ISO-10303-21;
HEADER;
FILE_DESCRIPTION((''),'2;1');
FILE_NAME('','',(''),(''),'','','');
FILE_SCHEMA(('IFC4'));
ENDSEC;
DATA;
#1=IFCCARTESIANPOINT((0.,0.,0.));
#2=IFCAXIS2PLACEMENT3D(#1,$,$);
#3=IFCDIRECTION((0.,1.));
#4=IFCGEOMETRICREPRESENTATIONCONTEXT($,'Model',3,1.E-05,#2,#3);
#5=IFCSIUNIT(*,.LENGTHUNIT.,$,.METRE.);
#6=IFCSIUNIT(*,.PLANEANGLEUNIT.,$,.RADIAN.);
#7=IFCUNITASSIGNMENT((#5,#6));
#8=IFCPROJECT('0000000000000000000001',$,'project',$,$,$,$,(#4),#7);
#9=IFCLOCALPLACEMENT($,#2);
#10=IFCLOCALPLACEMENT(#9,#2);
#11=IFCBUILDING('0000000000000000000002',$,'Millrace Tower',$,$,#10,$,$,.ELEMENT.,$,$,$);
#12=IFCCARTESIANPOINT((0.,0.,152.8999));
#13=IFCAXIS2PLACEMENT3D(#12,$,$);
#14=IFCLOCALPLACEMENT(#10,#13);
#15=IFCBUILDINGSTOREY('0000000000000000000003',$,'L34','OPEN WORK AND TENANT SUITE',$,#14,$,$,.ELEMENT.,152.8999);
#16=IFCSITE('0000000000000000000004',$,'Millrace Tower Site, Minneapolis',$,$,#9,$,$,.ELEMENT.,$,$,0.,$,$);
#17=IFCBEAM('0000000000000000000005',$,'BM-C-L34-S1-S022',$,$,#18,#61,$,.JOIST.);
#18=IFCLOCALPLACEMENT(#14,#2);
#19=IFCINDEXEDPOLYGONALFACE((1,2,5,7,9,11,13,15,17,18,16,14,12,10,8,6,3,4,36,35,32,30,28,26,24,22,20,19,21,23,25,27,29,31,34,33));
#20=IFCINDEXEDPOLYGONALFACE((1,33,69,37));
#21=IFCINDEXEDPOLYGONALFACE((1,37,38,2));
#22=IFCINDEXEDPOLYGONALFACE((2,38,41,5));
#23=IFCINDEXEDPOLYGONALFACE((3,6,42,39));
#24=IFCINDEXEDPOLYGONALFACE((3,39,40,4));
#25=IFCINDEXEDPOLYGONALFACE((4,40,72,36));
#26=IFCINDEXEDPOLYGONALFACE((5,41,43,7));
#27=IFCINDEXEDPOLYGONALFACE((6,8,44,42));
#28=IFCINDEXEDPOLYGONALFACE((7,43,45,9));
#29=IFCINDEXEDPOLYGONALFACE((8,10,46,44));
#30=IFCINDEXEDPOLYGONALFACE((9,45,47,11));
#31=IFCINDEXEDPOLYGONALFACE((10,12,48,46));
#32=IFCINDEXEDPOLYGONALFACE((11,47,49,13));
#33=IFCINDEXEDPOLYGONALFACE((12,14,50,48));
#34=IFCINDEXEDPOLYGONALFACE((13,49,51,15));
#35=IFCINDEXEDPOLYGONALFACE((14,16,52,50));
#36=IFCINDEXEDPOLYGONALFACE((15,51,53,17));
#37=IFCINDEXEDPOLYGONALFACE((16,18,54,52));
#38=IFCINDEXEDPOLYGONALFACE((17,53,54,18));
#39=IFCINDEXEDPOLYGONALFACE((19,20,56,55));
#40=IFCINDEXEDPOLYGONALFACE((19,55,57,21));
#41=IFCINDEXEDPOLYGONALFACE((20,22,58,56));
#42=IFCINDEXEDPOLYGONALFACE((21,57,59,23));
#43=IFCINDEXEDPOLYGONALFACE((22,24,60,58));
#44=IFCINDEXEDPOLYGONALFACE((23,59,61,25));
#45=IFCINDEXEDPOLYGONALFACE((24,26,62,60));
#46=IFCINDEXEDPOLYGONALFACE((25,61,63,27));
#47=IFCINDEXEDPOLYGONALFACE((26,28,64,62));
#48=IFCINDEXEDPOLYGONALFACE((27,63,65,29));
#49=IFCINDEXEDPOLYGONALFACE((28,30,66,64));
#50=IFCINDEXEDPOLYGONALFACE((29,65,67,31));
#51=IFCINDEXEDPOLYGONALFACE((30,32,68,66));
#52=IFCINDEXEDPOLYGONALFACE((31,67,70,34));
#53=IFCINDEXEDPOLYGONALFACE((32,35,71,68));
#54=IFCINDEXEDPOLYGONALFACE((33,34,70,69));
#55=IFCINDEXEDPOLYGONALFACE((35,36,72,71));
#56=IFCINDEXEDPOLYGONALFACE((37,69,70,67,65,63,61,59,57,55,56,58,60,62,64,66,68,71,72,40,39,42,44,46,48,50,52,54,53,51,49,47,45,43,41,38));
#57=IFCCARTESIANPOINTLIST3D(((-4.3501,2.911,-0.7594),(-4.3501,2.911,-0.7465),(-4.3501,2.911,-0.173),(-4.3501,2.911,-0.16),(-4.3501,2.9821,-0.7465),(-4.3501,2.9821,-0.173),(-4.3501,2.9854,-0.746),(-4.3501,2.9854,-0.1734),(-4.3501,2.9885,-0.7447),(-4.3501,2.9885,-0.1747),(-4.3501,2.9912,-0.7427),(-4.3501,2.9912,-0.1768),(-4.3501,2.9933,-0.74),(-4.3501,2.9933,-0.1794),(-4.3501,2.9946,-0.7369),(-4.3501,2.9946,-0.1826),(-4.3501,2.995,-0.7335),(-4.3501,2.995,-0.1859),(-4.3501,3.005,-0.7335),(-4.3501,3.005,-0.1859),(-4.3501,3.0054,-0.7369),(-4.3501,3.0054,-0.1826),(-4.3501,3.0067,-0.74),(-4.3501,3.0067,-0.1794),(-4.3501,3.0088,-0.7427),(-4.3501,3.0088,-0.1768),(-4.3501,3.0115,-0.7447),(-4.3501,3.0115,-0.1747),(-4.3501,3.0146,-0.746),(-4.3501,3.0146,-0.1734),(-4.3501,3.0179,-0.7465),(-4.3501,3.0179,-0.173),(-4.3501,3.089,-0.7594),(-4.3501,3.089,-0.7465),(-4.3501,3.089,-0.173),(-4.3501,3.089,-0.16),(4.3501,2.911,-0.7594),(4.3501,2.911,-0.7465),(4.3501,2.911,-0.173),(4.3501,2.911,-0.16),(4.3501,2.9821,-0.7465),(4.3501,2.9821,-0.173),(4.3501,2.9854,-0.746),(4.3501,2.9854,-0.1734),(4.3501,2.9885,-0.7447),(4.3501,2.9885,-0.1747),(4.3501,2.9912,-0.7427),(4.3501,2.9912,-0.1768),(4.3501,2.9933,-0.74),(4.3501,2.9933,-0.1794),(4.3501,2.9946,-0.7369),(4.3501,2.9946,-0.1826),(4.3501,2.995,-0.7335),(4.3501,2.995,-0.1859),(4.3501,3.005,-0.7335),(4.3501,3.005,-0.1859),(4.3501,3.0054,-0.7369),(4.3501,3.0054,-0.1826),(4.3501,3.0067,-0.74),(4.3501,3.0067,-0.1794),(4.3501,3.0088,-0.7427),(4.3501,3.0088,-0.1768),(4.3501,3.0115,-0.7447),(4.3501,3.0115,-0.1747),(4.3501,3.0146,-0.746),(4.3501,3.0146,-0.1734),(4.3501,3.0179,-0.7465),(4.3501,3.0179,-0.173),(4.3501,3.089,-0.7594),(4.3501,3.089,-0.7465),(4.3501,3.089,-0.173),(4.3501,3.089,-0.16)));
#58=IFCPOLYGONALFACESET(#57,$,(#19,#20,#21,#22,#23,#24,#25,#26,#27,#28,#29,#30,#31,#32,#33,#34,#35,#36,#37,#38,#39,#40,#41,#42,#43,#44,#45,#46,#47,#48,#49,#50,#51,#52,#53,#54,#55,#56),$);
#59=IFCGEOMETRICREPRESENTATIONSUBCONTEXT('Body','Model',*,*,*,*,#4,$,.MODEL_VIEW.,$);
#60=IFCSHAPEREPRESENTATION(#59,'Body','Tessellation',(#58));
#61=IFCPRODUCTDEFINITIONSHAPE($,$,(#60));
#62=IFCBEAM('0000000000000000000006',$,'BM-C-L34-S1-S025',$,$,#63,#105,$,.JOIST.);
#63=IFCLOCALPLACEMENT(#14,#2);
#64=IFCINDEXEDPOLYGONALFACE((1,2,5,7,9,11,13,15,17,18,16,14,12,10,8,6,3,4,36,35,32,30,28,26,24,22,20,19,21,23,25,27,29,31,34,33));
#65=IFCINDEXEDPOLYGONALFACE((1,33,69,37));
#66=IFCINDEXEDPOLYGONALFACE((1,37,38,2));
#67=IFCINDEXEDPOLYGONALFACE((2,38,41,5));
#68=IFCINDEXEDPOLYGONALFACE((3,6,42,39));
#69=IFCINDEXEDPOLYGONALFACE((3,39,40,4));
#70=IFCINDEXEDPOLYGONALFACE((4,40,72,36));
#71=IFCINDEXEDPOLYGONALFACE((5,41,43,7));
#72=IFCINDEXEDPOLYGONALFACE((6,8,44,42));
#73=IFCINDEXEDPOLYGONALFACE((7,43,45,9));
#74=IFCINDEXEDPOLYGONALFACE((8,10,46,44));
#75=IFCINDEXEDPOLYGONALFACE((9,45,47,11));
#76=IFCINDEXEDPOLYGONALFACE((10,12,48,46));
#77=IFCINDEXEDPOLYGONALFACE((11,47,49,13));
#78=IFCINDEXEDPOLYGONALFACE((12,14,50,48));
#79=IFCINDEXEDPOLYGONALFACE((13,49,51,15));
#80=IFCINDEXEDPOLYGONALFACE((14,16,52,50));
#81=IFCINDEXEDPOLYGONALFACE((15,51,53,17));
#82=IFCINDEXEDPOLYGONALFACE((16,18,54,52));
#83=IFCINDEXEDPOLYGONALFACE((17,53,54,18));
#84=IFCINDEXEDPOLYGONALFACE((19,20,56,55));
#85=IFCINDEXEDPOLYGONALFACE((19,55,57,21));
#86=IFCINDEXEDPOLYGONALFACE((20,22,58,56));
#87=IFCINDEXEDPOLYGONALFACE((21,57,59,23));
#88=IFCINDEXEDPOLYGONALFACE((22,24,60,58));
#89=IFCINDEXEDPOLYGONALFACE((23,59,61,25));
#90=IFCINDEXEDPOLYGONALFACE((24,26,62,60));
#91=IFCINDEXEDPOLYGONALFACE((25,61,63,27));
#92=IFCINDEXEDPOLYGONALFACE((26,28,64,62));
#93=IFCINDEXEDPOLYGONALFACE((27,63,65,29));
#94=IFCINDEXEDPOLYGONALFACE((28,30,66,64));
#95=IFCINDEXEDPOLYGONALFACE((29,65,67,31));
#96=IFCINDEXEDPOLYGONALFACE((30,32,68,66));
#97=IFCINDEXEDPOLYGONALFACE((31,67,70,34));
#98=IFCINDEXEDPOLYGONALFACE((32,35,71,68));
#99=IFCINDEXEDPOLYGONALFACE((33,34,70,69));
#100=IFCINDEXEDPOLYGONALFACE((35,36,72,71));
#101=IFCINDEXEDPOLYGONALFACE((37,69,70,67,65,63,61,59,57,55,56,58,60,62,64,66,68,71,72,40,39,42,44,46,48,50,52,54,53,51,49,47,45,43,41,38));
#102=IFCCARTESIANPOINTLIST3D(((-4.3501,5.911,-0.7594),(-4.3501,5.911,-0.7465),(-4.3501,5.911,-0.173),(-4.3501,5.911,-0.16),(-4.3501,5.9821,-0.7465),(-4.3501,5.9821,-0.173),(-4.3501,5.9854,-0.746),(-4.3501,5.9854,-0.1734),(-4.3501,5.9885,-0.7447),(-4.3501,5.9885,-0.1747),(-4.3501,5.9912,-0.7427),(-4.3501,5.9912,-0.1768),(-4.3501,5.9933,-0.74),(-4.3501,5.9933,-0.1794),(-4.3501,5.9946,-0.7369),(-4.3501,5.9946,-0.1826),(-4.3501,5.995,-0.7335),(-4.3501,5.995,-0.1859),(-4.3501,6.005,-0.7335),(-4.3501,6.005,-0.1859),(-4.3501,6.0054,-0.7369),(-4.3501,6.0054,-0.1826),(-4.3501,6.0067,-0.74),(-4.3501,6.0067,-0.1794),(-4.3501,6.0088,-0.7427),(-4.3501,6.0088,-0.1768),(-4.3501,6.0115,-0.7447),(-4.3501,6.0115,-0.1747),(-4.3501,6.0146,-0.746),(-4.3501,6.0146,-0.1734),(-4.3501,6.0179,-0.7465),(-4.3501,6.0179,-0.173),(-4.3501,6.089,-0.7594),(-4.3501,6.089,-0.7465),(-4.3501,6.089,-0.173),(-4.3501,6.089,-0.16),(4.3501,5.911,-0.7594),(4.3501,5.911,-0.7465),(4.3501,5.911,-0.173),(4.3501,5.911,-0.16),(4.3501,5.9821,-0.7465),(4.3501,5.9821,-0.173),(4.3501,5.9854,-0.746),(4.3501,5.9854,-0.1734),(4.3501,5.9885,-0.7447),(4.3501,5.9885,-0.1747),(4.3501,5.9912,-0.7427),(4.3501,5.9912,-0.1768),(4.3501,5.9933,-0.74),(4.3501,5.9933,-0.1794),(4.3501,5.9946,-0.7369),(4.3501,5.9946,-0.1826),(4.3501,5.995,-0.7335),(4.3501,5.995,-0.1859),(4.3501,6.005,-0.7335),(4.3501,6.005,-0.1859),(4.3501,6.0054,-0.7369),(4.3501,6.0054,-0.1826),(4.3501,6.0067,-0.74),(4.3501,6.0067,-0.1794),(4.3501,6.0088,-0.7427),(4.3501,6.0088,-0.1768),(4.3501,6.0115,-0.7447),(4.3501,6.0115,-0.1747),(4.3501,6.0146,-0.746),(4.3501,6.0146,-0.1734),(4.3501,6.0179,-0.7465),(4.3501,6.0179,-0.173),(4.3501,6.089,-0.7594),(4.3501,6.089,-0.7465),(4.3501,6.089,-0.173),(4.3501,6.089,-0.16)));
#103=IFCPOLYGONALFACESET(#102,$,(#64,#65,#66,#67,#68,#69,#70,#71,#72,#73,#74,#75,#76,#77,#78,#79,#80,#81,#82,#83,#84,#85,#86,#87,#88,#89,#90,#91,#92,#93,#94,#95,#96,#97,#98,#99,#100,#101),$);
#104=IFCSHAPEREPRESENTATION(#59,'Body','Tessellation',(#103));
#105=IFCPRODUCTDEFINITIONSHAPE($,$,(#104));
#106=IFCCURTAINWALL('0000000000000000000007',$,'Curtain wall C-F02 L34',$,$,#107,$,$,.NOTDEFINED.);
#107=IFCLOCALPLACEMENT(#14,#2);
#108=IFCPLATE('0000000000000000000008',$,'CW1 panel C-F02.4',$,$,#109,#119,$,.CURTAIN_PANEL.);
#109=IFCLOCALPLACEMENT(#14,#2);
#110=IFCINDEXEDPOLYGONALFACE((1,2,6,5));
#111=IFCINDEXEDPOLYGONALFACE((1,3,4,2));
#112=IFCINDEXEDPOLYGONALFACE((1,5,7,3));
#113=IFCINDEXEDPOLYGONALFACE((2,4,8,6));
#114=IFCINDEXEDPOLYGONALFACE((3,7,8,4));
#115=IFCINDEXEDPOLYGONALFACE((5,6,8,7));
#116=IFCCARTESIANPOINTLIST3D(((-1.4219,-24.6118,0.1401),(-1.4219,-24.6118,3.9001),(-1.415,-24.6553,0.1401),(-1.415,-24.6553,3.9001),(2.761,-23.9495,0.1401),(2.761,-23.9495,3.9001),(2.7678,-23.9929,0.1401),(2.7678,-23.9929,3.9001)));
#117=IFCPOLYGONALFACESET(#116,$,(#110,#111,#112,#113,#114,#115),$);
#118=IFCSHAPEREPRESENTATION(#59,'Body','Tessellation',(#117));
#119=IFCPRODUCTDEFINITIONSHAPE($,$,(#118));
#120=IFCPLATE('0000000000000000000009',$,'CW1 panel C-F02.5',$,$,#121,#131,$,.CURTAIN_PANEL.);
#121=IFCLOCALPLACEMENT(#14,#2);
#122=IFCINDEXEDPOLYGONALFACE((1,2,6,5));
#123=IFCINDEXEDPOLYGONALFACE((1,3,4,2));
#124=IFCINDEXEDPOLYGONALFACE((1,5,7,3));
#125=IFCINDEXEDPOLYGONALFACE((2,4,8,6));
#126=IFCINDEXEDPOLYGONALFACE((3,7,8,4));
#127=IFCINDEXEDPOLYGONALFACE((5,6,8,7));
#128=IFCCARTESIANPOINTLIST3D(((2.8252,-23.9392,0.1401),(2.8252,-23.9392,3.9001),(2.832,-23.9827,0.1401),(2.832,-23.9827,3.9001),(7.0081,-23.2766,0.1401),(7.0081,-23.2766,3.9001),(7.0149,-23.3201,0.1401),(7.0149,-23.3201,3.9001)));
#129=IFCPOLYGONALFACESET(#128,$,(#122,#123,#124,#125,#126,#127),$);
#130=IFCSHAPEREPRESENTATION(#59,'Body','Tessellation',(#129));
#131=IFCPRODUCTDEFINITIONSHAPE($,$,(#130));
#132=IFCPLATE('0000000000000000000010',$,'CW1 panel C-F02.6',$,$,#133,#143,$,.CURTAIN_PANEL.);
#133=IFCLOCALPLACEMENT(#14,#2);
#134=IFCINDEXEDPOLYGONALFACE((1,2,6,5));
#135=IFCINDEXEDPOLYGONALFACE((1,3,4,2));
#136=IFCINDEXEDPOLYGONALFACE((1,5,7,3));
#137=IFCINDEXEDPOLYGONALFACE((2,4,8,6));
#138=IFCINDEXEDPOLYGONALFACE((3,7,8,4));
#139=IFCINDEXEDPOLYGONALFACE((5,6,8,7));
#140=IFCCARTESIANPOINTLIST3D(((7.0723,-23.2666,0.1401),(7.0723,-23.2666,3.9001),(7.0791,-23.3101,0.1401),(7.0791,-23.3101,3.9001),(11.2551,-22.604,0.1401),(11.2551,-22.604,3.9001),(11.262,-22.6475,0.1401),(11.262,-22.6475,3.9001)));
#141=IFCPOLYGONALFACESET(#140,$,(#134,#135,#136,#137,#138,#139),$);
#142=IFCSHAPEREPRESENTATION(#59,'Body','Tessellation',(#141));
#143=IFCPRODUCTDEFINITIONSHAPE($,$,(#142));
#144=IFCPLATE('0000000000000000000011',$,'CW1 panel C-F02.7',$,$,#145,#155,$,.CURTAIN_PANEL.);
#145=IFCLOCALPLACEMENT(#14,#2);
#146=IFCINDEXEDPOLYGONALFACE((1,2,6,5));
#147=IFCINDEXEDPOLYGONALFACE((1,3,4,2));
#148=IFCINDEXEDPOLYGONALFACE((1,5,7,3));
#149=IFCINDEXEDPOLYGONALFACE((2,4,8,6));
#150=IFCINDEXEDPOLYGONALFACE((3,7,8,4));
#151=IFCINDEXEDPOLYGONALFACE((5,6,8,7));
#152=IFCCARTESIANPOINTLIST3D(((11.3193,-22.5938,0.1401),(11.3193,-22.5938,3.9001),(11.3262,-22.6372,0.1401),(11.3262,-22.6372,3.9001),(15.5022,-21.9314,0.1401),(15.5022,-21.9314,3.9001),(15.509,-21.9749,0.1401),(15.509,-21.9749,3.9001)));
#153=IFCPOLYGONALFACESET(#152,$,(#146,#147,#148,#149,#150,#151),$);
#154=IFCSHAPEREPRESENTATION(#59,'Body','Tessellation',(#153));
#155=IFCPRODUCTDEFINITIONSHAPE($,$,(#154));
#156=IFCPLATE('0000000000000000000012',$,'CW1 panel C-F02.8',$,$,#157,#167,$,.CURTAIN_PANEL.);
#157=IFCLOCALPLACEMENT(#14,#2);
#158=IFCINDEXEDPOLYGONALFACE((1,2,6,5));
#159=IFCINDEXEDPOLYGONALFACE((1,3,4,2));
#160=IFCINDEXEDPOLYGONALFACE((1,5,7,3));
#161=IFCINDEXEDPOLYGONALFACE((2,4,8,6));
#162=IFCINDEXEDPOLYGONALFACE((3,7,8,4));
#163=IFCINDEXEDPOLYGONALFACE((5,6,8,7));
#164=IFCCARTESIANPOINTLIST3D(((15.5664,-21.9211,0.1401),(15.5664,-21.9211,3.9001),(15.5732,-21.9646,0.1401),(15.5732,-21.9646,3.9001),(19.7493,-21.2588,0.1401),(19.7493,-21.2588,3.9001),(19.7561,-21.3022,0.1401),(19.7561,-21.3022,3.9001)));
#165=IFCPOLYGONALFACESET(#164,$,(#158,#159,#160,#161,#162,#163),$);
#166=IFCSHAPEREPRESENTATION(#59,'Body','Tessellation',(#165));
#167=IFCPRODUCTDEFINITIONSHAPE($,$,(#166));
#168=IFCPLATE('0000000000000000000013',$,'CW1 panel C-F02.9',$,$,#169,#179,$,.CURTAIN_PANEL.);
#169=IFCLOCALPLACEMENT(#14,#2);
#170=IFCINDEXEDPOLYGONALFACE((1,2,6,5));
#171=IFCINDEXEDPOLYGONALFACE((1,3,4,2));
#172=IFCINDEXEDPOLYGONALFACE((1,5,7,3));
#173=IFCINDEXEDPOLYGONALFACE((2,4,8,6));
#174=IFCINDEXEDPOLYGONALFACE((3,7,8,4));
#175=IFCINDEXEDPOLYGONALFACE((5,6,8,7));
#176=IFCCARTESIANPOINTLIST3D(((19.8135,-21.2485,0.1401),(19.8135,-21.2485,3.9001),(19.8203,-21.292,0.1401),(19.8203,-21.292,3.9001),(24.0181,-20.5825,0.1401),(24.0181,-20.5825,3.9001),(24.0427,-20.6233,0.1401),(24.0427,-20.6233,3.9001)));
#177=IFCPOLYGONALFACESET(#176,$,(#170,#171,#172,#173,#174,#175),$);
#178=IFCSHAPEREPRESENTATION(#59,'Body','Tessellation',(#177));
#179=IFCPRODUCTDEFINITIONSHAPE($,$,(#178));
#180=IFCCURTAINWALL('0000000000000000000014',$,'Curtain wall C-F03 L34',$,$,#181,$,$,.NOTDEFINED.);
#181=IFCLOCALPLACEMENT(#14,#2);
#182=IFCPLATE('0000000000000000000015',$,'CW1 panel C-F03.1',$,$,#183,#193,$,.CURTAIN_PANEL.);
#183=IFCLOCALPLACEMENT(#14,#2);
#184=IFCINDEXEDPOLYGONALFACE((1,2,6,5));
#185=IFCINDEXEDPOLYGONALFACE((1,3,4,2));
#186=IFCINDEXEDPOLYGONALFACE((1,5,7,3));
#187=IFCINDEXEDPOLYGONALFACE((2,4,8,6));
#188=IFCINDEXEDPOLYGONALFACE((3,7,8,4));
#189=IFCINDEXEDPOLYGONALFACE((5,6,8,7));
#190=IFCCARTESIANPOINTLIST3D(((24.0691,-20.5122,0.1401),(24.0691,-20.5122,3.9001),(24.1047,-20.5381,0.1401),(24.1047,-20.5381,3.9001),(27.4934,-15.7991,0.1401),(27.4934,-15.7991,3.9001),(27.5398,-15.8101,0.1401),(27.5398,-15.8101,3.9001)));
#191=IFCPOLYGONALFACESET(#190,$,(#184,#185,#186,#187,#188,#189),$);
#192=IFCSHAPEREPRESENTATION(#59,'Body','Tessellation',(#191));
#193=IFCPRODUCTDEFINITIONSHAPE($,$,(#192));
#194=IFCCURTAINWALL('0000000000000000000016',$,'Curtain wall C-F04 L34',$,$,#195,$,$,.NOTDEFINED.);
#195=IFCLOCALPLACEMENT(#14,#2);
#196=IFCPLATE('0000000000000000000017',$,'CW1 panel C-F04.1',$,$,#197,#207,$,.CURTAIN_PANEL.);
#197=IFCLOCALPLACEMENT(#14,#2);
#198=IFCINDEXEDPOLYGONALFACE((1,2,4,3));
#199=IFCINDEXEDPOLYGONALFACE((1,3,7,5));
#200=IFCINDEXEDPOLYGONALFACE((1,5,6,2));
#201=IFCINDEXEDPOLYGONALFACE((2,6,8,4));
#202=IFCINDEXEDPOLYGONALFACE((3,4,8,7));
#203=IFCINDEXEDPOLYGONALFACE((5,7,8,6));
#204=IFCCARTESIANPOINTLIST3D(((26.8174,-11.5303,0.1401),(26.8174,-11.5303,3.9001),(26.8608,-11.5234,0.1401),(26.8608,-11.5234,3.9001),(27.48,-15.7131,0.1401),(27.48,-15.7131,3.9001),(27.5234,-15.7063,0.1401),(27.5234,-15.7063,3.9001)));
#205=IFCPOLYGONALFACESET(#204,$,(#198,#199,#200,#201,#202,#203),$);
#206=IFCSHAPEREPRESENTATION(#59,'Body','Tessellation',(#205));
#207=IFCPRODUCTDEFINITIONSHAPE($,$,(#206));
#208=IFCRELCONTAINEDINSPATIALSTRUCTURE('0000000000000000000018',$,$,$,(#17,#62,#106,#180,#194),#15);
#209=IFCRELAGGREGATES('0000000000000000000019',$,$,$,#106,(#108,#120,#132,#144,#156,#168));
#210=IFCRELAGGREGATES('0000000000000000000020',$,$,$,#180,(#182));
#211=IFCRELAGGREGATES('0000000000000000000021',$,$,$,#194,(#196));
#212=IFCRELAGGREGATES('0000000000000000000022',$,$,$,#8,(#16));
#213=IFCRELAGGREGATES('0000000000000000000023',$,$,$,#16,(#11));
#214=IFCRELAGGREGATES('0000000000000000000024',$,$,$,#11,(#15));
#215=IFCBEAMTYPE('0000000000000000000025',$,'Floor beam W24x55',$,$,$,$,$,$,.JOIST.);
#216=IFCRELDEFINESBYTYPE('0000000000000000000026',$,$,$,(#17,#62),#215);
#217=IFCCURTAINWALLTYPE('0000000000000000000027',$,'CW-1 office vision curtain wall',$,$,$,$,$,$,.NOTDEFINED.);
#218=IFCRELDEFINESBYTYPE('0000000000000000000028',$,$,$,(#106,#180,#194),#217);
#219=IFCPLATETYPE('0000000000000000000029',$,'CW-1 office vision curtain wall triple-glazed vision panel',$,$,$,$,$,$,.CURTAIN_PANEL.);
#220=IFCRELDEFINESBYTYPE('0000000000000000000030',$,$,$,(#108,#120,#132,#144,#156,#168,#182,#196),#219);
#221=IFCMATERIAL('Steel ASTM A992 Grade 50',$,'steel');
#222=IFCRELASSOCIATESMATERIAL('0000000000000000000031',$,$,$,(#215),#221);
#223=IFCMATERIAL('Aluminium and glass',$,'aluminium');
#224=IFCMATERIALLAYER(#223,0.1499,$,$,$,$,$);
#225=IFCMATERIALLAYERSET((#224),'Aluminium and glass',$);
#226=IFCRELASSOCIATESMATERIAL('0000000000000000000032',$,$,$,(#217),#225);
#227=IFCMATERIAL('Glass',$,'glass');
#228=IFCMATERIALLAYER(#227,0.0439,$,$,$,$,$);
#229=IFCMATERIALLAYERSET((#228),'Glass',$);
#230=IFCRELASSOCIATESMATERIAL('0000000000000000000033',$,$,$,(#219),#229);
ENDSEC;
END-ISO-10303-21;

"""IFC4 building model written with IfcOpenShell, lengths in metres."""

from ifc_helpers import new_model, si_unit, direction, frame, origin, origin_2d, place, context, subcontext, project, spatial, polyline, i_section, outline, extrude, material, layer, layer_set, material_profile, profile_set, type_object, element, aggregate, save


model = new_model("IFC4")

# Units and contexts
model_context = context("Model", 3, precision=1e-05, world=origin(), true_north=direction((0.0, 1.0)))
body_context = subcontext(model_context, "Body", "Model", "MODEL_VIEW")
ifc_project = project(units=[si_unit("LENGTHUNIT", "METRE"), si_unit("PLANEANGLEUNIT", "RADIAN")], contexts=[model_context])

# Site, building, storey
site_placement = place(None, origin())
site = spatial("IfcSite", under=ifc_project, at=site_placement, Name="Millrace Tower Site, Minneapolis", CompositionType="ELEMENT", RefElevation=0.0)
building_placement = place(site_placement, origin())
building = spatial("IfcBuilding", under=site, at=building_placement, Name="Millrace Tower", CompositionType="ELEMENT")
storey_placement = place(building_placement, frame((0.0, 0.0, 152.8999)))
storey = spatial("IfcBuildingStorey", under=building, at=storey_placement, Name="L34", Description="OPEN WORK AND TENANT SUITE", CompositionType="ELEMENT", Elevation=152.8999)

# Beams
ifc_material_1 = material(Name="Steel ASTM A992 Grade 50", Category="steel")
ifc_material_profile = material_profile(ifc_material_1, i_section(OverallWidth=0.178, OverallDepth=0.5994, WebThickness=0.01, FlangeThickness=0.0129, FilletRadius=0.0129, at=origin_2d()))
ifc_profile_set = profile_set([ifc_material_profile], Name="Steel ASTM A992 Grade 50")
beam_type = type_object("IfcBeamType", Name="Floor beam W24x55", PredefinedType="JOIST", material=ifc_profile_set)
for number, where, z_axis, x_axis, name in (
    (1, (-4.3501, 3.0, -0.4597), (1.0, 0.0, 0.0), (0.0, 1.0, 0.0), "BM-C-L34-S1-S022"),
    (2, (-4.3501, 6.0, -0.4597), (1.0, 0.0, 0.0), (0.0, 1.0, 0.0), "BM-C-L34-S1-S025"),
):
    element("IfcBeam", number, at=place(storey_placement, frame(where, z_axis=z_axis, x_axis=x_axis)), inside=storey, type_object=beam_type, Name=name, PredefinedType="JOIST", context=body_context, shape_type="SweptSolid", body=[
        extrude(i_section(OverallWidth=0.178, OverallDepth=0.5994, WebThickness=0.01, FlangeThickness=0.0129, FilletRadius=0.0129, at=origin_2d()), origin(), (0.0, 0.0, 1.0), 8.7002),
    ])

# Curtain wall, plates
ifc_material_2 = material(Name="Aluminium and glass", Category="aluminium")
ifc_layer_1 = layer(ifc_material_2, 0.1499)
ifc_layer_set_1 = layer_set([ifc_layer_1], Name="Aluminium and glass")
curtain_wall_type = type_object("IfcCurtainWallType", Name="CW-1 office vision curtain wall", PredefinedType="NOTDEFINED", material=ifc_layer_set_1)
placement_1 = place(storey_placement, origin())
curtain_wall_1 = element("IfcCurtainWall", 3, at=placement_1, inside=storey, type_object=curtain_wall_type, Name="Curtain wall C-F02 L34", PredefinedType="NOTDEFINED")
ifc_material_3 = material(Name="Glass", Category="glass")
ifc_layer_2 = layer(ifc_material_3, 0.0439)
ifc_layer_set_2 = layer_set([ifc_layer_2], Name="Glass")
plate_type = type_object("IfcPlateType", Name="CW-1 office vision curtain wall triple-glazed vision panel", PredefinedType="CURTAIN_PANEL", material=ifc_layer_set_2)
placement_2 = place(storey_placement, frame((0.0, 0.0, 0.1401)))
plate_1 = element("IfcPlate", 4, at=placement_2, type_object=plate_type, Name="CW1 panel C-F02.4", PredefinedType="CURTAIN_PANEL", context=body_context, shape_type="SweptSolid", body=[
    extrude(outline(polyline([(-1.415, -24.6553), (2.7678, -23.9929), (2.761, -23.9495), (-1.4219, -24.6118), (-1.415, -24.6553)])), origin(), (0.0, 0.0, 1.0), 3.76),
])
plate_2 = element("IfcPlate", 5, at=placement_2, type_object=plate_type, Name="CW1 panel C-F02.5", PredefinedType="CURTAIN_PANEL", context=body_context, shape_type="SweptSolid", body=[
    extrude(outline(polyline([(2.832, -23.9827), (7.0149, -23.3201), (7.0081, -23.2766), (2.8252, -23.9392), (2.832, -23.9827)])), origin(), (0.0, 0.0, 1.0), 3.76),
])
plate_3 = element("IfcPlate", 6, at=placement_2, type_object=plate_type, Name="CW1 panel C-F02.6", PredefinedType="CURTAIN_PANEL", context=body_context, shape_type="SweptSolid", body=[
    extrude(outline(polyline([(7.0791, -23.3101), (11.262, -22.6475), (11.2551, -22.604), (7.0723, -23.2666), (7.0791, -23.3101)])), origin(), (0.0, 0.0, 1.0), 3.76),
])
plate_4 = element("IfcPlate", 7, at=placement_2, type_object=plate_type, Name="CW1 panel C-F02.7", PredefinedType="CURTAIN_PANEL", context=body_context, shape_type="SweptSolid", body=[
    extrude(outline(polyline([(11.3262, -22.6372), (15.509, -21.9749), (15.5022, -21.9314), (11.3193, -22.5938), (11.3262, -22.6372)])), origin(), (0.0, 0.0, 1.0), 3.76),
])
plate_5 = element("IfcPlate", 8, at=placement_2, type_object=plate_type, Name="CW1 panel C-F02.8", PredefinedType="CURTAIN_PANEL", context=body_context, shape_type="SweptSolid", body=[
    extrude(outline(polyline([(15.5732, -21.9646), (19.7561, -21.3022), (19.7493, -21.2588), (15.5664, -21.9211), (15.5732, -21.9646)])), origin(), (0.0, 0.0, 1.0), 3.76),
])
plate_6 = element("IfcPlate", 9, at=placement_2, type_object=plate_type, Name="CW1 panel C-F02.9", PredefinedType="CURTAIN_PANEL", context=body_context, shape_type="SweptSolid", body=[
    extrude(outline(polyline([(19.8203, -21.292), (24.0427, -20.6233), (24.0181, -20.5825), (19.8135, -21.2485), (19.8203, -21.292)])), origin(), (0.0, 0.0, 1.0), 3.76),
])
aggregate(curtain_wall_1, [plate_1, plate_2, plate_3, plate_4, plate_5, plate_6])

# Curtain wall, plate
curtain_wall_2 = element("IfcCurtainWall", 10, at=placement_1, inside=storey, type_object=curtain_wall_type, Name="Curtain wall C-F03 L34", PredefinedType="NOTDEFINED")
plate_7 = element("IfcPlate", 11, at=placement_2, type_object=plate_type, Name="CW1 panel C-F03.1", PredefinedType="CURTAIN_PANEL", context=body_context, shape_type="SweptSolid", body=[
    extrude(outline(polyline([(24.1047, -20.5381), (27.5398, -15.8101), (27.4934, -15.7991), (24.0691, -20.5122), (24.1047, -20.5381)])), origin(), (0.0, 0.0, 1.0), 3.76),
])
aggregate(curtain_wall_2, [plate_7])

# Curtain wall, plate
curtain_wall_3 = element("IfcCurtainWall", 12, at=placement_1, inside=storey, type_object=curtain_wall_type, Name="Curtain wall C-F04 L34", PredefinedType="NOTDEFINED")
plate_8 = element("IfcPlate", 13, at=placement_2, type_object=plate_type, Name="CW1 panel C-F04.1", PredefinedType="CURTAIN_PANEL", context=body_context, shape_type="SweptSolid", body=[
    extrude(outline(polyline([(27.5234, -15.7063), (26.8608, -11.5234), (26.8174, -11.5303), (27.48, -15.7131), (27.5234, -15.7063)])), origin(), (0.0, 0.0, 1.0), 3.76),
])
aggregate(curtain_wall_3, [plate_8])

save(model, "model.ifc")
